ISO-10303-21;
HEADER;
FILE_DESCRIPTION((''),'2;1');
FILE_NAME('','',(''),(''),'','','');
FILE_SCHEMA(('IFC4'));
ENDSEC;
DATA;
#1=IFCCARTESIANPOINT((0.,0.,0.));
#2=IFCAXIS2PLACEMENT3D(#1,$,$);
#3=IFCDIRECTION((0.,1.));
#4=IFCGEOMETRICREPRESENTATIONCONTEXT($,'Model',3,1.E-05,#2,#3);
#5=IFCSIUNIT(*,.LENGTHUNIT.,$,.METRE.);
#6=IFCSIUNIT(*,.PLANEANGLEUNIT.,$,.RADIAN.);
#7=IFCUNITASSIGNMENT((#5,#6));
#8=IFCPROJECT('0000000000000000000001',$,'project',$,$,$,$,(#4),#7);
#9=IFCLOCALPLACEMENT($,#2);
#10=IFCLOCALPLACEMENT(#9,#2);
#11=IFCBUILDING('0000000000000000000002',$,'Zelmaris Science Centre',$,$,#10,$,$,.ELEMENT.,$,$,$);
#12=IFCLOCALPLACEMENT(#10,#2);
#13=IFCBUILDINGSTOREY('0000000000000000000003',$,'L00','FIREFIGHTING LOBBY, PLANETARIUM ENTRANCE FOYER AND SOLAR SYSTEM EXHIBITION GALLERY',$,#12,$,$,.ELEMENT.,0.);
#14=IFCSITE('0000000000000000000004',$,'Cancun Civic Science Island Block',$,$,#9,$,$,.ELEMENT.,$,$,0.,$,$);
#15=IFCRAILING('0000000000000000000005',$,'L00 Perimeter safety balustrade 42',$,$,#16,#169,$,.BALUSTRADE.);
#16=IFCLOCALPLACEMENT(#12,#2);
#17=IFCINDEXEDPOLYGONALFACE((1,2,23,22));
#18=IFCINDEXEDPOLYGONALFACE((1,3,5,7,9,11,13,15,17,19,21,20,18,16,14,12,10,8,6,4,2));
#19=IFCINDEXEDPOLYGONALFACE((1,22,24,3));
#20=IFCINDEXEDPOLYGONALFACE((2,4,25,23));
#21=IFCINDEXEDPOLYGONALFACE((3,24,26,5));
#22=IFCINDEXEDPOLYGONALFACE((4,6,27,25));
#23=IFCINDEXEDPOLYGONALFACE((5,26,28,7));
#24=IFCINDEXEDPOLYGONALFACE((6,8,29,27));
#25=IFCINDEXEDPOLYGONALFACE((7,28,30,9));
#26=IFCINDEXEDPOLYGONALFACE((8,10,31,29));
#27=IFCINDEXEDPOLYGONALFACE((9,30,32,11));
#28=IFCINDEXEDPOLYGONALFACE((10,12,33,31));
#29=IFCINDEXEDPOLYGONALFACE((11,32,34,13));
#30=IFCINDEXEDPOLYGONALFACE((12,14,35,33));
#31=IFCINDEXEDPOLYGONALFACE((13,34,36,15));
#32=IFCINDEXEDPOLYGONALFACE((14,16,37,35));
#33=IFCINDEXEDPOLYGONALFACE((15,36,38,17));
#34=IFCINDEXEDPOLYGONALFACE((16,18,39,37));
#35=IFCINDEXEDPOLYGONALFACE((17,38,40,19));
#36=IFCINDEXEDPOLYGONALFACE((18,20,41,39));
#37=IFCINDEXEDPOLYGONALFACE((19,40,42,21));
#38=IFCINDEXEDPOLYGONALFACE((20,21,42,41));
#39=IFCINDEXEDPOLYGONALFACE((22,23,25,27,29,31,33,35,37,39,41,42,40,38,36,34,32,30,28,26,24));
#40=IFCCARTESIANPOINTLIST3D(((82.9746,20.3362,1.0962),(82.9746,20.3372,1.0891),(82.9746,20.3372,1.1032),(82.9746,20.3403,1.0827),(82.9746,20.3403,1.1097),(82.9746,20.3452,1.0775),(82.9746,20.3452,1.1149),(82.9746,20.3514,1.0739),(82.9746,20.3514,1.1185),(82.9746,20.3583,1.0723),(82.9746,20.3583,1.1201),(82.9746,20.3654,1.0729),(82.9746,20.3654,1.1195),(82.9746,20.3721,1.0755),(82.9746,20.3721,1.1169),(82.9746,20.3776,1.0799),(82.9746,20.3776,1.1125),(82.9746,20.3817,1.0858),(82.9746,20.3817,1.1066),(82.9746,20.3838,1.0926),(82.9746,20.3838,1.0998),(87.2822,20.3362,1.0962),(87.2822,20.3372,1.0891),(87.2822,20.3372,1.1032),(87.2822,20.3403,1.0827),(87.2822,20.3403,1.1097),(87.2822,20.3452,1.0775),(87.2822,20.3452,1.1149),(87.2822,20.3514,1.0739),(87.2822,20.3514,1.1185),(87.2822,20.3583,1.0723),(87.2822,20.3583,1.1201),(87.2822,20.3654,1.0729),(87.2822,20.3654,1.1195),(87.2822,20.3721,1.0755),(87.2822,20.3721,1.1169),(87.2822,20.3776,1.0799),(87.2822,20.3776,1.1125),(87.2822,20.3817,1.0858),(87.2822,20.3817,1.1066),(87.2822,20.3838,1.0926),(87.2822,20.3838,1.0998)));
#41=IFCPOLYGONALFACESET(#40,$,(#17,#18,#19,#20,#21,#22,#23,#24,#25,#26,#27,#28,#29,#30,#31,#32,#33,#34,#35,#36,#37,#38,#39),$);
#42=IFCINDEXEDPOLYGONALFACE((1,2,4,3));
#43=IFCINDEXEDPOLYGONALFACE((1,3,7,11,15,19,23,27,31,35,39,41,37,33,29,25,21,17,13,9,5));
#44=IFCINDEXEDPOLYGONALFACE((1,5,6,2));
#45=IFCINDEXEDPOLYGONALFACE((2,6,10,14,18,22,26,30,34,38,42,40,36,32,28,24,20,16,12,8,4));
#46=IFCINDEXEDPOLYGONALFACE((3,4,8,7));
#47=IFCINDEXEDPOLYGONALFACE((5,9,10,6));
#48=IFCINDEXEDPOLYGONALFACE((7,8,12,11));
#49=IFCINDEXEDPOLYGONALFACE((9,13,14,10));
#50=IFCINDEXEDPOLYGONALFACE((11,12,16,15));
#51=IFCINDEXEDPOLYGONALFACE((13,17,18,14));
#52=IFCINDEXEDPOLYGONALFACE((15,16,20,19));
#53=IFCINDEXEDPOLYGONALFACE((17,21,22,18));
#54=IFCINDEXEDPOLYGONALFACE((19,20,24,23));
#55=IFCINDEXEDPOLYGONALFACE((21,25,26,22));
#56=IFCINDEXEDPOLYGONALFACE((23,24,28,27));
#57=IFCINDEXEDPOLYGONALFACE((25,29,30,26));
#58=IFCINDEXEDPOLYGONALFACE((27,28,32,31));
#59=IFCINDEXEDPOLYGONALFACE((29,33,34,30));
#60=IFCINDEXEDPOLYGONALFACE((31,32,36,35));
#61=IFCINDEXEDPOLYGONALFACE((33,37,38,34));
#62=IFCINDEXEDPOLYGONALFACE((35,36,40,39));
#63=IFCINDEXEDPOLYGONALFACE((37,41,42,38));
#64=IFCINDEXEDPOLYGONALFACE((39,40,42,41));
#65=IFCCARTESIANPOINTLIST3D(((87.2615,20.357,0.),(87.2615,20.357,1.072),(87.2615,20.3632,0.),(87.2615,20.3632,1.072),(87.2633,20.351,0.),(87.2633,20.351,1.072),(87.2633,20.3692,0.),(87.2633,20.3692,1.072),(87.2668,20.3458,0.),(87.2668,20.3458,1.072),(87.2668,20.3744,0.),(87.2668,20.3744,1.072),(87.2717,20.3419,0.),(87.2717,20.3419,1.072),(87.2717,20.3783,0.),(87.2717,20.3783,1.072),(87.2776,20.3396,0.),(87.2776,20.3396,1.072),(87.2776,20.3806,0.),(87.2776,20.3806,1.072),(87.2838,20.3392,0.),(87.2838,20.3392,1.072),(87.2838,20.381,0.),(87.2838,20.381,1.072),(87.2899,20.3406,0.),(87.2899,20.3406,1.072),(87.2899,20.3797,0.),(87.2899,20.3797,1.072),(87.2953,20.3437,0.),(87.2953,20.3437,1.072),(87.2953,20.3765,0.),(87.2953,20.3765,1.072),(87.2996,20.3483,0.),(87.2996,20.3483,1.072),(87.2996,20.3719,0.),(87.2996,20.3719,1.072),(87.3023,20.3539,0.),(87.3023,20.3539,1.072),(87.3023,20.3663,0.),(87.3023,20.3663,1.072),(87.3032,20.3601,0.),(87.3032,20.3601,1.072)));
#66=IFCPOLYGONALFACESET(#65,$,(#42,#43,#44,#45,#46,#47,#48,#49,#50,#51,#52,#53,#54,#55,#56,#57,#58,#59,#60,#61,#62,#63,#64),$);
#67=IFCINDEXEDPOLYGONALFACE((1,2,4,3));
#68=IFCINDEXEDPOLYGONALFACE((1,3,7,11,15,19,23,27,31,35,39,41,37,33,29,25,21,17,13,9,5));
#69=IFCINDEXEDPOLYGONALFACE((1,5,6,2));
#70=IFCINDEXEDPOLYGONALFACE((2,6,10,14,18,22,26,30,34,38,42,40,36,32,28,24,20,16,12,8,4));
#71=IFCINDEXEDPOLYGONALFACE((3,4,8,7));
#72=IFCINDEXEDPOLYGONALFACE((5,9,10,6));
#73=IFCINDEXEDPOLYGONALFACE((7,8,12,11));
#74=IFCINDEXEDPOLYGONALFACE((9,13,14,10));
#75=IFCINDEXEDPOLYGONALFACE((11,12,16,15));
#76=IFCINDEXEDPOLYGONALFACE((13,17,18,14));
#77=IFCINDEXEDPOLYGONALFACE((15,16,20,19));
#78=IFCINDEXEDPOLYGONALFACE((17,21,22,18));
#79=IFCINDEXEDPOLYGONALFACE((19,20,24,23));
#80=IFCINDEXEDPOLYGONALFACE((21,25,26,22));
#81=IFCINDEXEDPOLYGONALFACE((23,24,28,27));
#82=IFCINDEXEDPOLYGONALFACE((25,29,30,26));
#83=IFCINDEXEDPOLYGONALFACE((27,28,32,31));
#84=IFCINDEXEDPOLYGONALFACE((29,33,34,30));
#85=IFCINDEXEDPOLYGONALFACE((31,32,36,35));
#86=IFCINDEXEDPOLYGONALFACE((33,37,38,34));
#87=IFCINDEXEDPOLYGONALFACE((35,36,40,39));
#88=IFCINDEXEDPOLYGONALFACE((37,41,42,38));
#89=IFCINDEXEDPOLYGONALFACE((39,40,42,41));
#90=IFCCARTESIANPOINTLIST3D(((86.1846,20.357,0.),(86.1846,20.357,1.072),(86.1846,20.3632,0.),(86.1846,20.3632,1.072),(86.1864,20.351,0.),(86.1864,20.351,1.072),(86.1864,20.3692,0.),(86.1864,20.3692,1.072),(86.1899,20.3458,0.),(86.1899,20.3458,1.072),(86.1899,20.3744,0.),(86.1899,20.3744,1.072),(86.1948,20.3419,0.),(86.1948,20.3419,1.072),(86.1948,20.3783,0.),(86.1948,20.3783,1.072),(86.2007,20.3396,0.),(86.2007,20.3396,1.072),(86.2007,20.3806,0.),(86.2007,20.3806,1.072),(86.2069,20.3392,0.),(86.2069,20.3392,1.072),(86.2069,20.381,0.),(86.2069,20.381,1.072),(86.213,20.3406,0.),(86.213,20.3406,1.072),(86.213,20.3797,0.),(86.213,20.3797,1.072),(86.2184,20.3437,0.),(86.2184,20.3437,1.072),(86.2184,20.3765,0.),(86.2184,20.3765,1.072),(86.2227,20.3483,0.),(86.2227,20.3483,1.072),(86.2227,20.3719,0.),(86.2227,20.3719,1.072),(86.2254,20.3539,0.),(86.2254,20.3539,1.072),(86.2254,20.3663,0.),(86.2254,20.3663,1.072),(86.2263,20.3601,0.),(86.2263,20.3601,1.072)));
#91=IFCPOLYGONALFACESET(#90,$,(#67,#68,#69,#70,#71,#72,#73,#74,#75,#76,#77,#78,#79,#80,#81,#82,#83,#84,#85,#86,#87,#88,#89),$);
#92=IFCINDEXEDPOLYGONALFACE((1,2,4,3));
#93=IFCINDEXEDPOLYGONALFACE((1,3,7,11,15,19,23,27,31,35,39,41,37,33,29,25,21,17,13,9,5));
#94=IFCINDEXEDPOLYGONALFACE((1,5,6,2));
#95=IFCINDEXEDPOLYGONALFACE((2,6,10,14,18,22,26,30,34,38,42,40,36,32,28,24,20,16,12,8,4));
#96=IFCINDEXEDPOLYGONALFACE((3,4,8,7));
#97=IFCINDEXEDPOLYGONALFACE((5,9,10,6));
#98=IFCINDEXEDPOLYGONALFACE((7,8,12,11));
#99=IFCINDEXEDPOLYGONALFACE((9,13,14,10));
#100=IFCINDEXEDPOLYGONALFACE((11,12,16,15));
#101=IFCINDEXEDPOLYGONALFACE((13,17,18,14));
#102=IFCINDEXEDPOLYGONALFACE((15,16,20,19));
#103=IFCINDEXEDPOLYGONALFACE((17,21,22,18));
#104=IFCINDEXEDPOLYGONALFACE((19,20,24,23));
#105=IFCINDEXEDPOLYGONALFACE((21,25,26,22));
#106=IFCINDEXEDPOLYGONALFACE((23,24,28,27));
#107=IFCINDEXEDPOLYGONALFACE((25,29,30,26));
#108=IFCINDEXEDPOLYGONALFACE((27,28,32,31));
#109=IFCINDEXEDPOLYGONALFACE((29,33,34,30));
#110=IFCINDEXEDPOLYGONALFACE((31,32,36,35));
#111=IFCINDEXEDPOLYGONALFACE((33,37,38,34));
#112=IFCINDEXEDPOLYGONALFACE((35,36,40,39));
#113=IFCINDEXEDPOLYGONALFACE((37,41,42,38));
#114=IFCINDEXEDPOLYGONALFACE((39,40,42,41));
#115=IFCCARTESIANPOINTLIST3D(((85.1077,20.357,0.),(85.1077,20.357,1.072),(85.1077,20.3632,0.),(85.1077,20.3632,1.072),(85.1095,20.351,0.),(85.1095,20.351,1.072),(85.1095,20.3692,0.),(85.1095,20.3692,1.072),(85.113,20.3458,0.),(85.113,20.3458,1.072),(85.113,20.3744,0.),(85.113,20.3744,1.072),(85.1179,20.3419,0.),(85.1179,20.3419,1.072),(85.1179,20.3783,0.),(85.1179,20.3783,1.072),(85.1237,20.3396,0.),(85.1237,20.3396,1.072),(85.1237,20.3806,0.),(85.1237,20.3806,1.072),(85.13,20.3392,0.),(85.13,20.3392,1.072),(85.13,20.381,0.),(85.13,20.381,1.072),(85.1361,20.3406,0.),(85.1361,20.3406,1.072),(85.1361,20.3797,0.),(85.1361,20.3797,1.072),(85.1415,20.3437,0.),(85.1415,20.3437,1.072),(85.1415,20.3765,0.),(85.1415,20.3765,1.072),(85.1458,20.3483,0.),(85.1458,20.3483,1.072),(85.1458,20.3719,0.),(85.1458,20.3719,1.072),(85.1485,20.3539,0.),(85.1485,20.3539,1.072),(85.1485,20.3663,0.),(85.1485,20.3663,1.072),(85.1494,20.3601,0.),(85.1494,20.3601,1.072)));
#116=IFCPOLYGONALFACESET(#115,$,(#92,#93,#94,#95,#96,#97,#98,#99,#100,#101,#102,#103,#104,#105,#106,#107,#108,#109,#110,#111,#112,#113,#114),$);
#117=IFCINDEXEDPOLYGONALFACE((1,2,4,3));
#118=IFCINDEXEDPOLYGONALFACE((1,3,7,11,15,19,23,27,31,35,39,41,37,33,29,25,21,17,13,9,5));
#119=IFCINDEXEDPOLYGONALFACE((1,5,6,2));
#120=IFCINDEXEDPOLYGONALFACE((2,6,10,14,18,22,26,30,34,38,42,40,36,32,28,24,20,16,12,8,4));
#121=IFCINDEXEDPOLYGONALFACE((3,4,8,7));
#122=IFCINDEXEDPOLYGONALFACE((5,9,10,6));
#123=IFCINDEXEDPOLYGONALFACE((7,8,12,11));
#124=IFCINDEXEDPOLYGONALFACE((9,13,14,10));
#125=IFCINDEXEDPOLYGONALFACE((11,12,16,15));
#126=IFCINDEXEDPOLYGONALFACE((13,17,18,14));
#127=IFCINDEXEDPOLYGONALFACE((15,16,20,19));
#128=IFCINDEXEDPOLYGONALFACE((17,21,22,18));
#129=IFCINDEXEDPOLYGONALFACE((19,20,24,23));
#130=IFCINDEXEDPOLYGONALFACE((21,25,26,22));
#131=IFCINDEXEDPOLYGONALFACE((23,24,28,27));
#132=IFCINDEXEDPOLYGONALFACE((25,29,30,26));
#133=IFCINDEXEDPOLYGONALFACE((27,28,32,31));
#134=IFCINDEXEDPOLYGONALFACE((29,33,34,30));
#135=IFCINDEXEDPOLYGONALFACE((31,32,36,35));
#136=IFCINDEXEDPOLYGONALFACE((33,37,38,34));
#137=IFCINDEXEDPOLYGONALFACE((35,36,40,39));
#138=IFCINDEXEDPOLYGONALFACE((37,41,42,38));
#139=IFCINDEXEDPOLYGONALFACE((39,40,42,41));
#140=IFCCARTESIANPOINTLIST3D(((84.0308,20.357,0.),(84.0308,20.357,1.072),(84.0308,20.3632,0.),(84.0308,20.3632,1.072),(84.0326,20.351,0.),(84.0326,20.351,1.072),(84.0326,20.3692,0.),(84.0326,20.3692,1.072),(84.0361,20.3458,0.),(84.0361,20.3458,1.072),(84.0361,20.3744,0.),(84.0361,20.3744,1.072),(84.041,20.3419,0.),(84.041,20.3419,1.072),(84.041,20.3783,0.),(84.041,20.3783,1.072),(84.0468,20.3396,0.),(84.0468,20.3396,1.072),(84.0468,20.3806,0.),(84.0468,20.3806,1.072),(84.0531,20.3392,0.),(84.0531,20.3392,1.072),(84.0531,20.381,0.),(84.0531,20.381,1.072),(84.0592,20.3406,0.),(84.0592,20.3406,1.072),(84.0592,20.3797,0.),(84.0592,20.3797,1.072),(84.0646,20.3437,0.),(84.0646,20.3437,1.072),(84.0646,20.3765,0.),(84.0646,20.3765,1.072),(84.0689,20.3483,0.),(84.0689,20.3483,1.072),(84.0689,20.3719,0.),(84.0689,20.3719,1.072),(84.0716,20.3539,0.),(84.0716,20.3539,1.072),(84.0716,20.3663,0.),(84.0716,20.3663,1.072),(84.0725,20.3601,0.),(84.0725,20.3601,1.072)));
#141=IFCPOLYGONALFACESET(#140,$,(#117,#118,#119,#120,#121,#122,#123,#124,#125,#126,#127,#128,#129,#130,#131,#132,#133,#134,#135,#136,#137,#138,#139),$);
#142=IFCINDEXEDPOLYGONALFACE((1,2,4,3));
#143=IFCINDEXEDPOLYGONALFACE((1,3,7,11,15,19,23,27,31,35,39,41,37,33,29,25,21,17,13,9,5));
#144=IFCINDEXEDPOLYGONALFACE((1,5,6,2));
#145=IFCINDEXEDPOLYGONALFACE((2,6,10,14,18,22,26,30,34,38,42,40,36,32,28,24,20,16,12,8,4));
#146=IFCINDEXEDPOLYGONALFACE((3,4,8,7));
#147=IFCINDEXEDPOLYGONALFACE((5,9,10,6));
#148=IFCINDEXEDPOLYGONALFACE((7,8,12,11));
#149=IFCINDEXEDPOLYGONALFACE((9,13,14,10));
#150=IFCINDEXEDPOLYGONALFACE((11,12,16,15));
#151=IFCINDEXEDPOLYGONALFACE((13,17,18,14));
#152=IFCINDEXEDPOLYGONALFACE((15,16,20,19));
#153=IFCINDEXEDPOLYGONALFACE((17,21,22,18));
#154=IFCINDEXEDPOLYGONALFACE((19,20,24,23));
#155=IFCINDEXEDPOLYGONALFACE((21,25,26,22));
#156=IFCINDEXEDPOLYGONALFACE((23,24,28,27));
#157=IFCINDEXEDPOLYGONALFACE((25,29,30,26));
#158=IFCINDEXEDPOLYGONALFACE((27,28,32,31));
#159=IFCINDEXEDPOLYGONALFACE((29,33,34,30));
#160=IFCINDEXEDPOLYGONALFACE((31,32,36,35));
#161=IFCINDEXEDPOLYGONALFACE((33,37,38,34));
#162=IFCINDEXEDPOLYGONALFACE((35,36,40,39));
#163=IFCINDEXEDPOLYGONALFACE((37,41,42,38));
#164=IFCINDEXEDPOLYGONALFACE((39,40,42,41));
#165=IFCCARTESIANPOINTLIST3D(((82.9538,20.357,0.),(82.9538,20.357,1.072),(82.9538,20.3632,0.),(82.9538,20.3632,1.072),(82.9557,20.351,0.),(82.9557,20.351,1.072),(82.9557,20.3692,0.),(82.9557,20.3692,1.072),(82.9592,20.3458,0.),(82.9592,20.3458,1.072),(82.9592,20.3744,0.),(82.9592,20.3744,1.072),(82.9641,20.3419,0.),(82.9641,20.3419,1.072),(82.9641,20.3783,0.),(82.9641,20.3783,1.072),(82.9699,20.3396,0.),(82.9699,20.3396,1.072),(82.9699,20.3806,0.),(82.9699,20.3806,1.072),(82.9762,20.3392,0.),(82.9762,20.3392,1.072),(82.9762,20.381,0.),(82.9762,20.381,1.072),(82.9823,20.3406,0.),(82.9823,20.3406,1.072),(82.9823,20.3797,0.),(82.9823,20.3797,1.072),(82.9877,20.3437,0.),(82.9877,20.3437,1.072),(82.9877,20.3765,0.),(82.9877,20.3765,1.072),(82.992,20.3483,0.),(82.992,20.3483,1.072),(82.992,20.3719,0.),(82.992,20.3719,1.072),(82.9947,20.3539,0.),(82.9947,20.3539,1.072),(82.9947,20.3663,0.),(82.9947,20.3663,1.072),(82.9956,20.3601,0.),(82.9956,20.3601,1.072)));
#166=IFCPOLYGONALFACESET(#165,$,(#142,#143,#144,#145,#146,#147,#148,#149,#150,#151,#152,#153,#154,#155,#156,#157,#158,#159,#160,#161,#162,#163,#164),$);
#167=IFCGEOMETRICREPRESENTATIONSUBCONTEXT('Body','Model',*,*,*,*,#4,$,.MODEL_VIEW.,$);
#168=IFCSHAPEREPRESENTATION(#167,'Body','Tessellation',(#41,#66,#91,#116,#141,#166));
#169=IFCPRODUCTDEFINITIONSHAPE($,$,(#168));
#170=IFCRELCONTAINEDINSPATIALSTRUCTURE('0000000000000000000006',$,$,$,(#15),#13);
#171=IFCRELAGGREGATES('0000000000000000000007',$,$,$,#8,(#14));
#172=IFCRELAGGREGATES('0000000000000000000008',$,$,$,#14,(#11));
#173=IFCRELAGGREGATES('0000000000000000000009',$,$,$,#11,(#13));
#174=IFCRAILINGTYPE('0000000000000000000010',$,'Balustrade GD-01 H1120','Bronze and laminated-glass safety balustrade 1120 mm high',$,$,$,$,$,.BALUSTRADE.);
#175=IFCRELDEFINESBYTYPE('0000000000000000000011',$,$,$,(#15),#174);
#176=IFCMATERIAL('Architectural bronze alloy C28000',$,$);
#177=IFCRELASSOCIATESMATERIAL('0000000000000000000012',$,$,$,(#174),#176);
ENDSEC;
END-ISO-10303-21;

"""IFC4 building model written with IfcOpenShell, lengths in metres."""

from ifc_helpers import new_model, si_unit, direction, frame, origin, origin_2d, place, context, subcontext, project, spatial, circle, extrude, material, type_object, element, save


model = new_model("IFC4")

# Units and contexts
model_context = context("Model", 3, precision=1e-05, world=origin(), true_north=direction((0.0, 1.0)))
body_context = subcontext(model_context, "Body", "Model", "MODEL_VIEW")
ifc_project = project(units=[si_unit("LENGTHUNIT", "METRE"), si_unit("PLANEANGLEUNIT", "RADIAN")], contexts=[model_context])

# Site, building, storey
site_placement = place(None, origin())
site = spatial("IfcSite", under=ifc_project, at=site_placement, Name="Cancun Civic Science Island Block", CompositionType="ELEMENT", RefElevation=0.0)
building_placement = place(site_placement, origin())
building = spatial("IfcBuilding", under=site, at=building_placement, Name="Zelmaris Science Centre", CompositionType="ELEMENT")
storey_placement = place(building_placement, origin())
storey = spatial("IfcBuildingStorey", under=building, at=storey_placement, Name="L00", Description="FIREFIGHTING LOBBY, PLANETARIUM ENTRANCE FOYER AND SOLAR SYSTEM EXHIBITION GALLERY", CompositionType="ELEMENT", Elevation=0.0)

# Shared definitions
ifc_material_1 = material(Name="Architectural bronze alloy C28000")

# Railing
railing_type = type_object("IfcRailingType", Name="Balustrade GD-01 H1120", Description="Bronze and laminated-glass safety balustrade 1120 mm high", PredefinedType="BALUSTRADE", material=ifc_material_1)
railing_placement = place(storey_placement, frame((87.2822, 20.3601, 0.0)))
element("IfcRailing", 1, at=railing_placement, inside=storey, type_object=railing_type, Name="L00 Perimeter safety balustrade 42", PredefinedType="BALUSTRADE", context=body_context, shape_type="SweptSolid", body=[
    extrude(circle(Radius=0.0239, at=origin_2d()), frame((0.0, 0.0, 1.0962), z_axis=(-1.0, 0.0, 0.0), x_axis=(0.0, -1.0, 0.0)), (0.0, 0.0, 1.0), 4.3076),
    extrude(circle(Radius=0.021, at=origin_2d()), origin(), (0.0, 0.0, 1.0), 1.072),
    extrude(circle(Radius=0.021, at=origin_2d()), frame((-1.0769, 0.0, 0.0)), (0.0, 0.0, 1.0), 1.072),
    extrude(circle(Radius=0.021, at=origin_2d()), frame((-2.1538, 0.0, 0.0)), (0.0, 0.0, 1.0), 1.072),
    extrude(circle(Radius=0.021, at=origin_2d()), frame((-3.2307, 0.0, 0.0)), (0.0, 0.0, 1.0), 1.072),
    extrude(circle(Radius=0.021, at=origin_2d()), frame((-4.3076, 0.0, 0.0)), (0.0, 0.0, 1.0), 1.072),
])

save(model, "model.ifc")
